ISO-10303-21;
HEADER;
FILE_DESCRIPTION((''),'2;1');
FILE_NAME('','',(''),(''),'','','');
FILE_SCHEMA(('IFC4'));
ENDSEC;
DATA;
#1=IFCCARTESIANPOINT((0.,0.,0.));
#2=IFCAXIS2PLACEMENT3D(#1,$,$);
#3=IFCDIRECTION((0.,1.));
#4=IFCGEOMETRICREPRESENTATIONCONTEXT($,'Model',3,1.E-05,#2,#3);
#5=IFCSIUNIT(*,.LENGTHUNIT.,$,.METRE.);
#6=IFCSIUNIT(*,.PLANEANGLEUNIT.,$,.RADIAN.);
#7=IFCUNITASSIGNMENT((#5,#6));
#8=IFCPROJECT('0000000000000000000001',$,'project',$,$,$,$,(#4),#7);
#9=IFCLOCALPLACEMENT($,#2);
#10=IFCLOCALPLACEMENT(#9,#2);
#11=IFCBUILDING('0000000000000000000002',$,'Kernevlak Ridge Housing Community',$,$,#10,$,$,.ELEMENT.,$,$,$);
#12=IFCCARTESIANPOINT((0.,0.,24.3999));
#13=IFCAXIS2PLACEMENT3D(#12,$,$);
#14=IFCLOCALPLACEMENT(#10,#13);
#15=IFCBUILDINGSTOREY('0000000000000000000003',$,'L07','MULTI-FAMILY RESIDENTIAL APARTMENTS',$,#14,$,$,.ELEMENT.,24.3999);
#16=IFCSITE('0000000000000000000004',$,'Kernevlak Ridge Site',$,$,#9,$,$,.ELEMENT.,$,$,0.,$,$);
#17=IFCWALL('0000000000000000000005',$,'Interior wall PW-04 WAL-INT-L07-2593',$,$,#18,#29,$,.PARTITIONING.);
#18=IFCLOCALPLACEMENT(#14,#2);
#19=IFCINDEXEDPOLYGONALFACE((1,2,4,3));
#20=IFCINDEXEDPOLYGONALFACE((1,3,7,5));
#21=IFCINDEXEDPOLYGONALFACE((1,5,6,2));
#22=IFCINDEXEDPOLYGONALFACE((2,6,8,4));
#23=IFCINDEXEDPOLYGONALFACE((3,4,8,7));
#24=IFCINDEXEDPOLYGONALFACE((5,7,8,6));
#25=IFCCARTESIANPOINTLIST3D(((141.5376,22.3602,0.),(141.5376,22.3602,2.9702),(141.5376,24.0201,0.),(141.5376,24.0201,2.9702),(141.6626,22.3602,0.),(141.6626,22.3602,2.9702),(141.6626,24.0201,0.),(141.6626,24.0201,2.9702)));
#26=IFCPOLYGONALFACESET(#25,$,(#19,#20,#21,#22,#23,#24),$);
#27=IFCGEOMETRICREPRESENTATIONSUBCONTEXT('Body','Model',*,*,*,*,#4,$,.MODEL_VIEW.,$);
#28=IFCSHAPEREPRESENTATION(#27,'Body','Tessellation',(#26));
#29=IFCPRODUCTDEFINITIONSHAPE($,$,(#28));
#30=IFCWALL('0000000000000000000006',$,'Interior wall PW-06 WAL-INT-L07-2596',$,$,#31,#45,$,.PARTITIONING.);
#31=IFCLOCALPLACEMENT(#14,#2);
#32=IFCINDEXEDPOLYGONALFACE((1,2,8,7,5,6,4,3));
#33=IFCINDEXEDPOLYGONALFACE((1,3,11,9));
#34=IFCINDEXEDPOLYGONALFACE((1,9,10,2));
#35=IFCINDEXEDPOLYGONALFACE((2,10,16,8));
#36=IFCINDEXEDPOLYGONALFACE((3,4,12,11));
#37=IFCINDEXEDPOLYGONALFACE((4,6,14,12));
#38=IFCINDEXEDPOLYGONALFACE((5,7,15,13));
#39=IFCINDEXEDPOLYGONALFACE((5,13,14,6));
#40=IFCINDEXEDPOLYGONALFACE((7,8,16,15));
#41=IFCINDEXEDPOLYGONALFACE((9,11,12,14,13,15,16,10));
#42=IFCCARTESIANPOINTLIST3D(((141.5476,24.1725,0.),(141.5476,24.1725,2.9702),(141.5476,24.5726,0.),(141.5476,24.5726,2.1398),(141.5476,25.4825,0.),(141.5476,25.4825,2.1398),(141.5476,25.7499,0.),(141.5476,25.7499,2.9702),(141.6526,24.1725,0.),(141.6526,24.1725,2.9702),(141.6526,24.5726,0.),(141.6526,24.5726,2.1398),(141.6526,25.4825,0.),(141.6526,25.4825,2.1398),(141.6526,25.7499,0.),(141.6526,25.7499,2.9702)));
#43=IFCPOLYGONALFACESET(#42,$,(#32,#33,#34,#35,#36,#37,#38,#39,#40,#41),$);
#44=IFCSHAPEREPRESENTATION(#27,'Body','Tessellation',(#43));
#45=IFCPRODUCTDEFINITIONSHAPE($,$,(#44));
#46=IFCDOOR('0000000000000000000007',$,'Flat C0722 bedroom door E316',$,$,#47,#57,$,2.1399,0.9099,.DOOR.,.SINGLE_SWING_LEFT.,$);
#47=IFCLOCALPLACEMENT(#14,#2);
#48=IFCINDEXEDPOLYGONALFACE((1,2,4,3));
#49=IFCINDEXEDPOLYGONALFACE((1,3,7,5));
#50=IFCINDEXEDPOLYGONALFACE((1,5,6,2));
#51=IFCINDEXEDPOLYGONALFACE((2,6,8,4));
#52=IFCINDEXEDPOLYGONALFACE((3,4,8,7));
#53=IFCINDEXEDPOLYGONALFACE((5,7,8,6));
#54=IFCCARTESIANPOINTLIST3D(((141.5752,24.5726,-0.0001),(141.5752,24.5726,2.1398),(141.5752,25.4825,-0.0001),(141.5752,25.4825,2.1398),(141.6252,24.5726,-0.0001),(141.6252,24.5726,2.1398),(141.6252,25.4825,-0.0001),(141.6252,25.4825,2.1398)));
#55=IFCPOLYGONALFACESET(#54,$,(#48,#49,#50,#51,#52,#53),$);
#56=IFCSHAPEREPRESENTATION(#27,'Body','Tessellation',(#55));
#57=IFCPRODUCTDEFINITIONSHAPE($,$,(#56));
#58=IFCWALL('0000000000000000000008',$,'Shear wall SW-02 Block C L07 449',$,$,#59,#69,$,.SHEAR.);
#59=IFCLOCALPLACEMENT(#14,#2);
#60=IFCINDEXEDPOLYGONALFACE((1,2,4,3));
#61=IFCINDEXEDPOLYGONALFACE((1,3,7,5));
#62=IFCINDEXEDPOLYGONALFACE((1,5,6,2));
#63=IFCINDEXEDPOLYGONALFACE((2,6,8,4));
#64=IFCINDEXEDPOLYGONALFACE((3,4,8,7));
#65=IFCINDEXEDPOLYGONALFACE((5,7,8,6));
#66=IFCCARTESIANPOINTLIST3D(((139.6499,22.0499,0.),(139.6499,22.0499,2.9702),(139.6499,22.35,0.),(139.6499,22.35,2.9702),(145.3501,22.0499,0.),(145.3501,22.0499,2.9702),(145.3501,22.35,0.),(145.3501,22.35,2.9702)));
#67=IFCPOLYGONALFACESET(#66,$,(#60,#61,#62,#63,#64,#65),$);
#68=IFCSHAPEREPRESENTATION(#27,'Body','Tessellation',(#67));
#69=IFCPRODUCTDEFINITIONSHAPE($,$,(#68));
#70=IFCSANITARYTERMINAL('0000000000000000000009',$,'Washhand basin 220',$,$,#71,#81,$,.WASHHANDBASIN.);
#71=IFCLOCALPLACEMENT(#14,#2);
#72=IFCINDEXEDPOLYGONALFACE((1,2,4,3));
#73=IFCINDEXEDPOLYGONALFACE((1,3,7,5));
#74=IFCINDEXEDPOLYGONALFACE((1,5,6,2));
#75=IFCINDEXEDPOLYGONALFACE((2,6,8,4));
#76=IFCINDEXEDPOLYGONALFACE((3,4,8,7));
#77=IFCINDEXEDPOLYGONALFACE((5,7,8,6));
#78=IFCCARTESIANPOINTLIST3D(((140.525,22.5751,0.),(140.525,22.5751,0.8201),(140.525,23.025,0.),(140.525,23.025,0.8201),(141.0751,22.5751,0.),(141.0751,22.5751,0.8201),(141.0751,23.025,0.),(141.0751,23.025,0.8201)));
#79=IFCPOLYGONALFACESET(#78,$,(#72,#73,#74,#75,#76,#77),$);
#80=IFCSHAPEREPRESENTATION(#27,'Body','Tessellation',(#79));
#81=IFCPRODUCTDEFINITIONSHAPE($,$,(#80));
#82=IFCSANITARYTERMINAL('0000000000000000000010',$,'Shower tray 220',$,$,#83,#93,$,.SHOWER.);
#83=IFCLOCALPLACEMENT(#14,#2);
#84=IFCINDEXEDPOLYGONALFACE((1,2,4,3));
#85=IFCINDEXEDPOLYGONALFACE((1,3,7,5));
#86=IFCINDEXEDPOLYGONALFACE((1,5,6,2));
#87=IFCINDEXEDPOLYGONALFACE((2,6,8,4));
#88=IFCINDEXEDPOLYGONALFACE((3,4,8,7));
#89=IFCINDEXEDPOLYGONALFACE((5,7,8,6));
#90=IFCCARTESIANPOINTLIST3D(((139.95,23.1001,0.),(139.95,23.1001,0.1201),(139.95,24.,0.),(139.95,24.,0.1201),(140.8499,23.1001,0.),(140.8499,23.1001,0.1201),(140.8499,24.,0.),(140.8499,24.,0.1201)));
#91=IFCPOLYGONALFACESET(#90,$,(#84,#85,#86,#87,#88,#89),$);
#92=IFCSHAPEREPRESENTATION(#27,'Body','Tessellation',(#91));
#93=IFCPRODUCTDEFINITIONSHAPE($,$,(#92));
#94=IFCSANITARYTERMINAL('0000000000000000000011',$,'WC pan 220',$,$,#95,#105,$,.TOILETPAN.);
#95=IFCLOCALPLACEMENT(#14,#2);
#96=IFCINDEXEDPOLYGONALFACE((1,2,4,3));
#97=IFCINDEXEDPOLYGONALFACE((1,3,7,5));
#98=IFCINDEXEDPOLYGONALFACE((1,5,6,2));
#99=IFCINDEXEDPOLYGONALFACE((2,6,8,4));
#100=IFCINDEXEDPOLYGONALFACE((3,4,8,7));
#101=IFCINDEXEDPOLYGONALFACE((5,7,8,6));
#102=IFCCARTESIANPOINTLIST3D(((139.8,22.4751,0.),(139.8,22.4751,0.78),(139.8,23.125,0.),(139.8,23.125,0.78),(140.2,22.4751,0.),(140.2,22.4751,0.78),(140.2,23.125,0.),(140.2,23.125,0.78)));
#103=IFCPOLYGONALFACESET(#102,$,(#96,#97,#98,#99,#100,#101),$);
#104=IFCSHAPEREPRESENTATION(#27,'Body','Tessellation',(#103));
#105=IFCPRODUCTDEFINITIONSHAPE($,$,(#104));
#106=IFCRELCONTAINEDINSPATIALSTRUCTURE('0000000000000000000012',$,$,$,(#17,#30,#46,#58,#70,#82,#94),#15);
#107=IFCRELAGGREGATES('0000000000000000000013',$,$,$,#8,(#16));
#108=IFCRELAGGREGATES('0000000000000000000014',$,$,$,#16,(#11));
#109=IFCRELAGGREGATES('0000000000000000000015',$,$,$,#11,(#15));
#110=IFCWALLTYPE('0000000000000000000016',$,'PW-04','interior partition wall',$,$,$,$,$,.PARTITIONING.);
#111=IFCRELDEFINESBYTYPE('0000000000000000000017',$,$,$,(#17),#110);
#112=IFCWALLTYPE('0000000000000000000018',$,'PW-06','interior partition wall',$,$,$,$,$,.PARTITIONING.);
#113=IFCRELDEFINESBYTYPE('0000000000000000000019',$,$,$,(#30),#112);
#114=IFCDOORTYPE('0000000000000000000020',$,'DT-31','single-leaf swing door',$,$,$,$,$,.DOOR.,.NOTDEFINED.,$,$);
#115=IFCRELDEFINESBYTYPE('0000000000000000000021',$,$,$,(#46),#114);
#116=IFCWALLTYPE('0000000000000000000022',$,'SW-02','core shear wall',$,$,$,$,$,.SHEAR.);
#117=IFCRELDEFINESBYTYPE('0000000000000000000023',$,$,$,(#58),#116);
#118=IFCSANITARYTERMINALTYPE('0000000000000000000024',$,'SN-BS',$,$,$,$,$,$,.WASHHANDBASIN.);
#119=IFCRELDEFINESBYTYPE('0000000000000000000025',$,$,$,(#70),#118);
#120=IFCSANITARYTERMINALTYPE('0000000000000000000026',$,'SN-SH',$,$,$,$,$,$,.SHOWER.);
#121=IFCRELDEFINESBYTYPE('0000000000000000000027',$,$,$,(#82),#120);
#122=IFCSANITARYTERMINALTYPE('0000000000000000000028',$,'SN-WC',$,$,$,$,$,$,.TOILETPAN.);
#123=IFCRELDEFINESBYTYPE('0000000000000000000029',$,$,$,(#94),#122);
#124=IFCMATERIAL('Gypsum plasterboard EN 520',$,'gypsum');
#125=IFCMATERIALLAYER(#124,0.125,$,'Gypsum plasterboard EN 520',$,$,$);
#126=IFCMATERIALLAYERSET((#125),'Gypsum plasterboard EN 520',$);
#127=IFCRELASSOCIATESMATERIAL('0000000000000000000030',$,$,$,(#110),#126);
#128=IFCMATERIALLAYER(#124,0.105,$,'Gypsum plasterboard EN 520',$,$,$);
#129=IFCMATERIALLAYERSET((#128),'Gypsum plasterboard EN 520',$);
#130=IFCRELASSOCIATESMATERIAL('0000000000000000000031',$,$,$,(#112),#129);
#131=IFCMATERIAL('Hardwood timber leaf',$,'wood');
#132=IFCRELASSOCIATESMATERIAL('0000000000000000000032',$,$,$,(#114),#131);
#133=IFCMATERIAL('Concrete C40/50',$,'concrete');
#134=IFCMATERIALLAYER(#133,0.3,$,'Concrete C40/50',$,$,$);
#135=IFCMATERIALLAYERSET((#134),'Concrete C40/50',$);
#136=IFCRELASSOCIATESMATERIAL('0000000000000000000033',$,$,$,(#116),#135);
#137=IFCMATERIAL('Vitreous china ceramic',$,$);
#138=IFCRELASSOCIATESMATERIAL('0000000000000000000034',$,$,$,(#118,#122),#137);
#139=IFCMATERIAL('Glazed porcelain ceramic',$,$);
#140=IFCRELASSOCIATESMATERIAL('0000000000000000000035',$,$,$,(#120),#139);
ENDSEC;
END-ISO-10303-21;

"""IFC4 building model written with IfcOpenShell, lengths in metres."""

from ifc_helpers import new_model, si_unit, direction, frame, frame_2d, origin, origin_2d, place, context, subcontext, project, spatial, rectangle, extrude, material, layer, layer_set, type_object, element, fill, save


model = new_model("IFC4")

# Units and contexts
model_context = context("Model", 3, precision=1e-05, world=origin(), true_north=direction((0.0, 1.0)))
body_context = subcontext(model_context, "Body", "Model", "MODEL_VIEW")
ifc_project = project(units=[si_unit("LENGTHUNIT", "METRE"), si_unit("PLANEANGLEUNIT", "RADIAN")], contexts=[model_context])

# Site, building, storey
site_placement = place(None, origin())
site = spatial("IfcSite", under=ifc_project, at=site_placement, Name="Kernevlak Ridge Site", CompositionType="ELEMENT", RefElevation=0.0)
building_placement = place(site_placement, origin())
building = spatial("IfcBuilding", under=site, at=building_placement, Name="Kernevlak Ridge Housing Community", CompositionType="ELEMENT")
storey_placement = place(building_placement, frame((0.0, 0.0, 24.3999)))
storey = spatial("IfcBuildingStorey", under=building, at=storey_placement, Name="L07", Description="MULTI-FAMILY RESIDENTIAL APARTMENTS", CompositionType="ELEMENT", Elevation=24.3999)

# Shared definitions
ifc_material_1 = material(Name="Gypsum plasterboard EN 520", Category="gypsum")
ifc_layer_1 = layer(ifc_material_1, 0.125, Name="Gypsum plasterboard EN 520")
ifc_layer_set_1 = layer_set([ifc_layer_1], Name="Gypsum plasterboard EN 520")
wall_type_1 = type_object("IfcWallType", Name="PW-04", Description="interior partition wall", PredefinedType="PARTITIONING", material=ifc_layer_set_1)

# Wall
wall_1_placement = place(storey_placement, frame((141.6001, 22.3601, 0.0), z_axis=(0.0, 0.0, 1.0), x_axis=(0.0, 1.0, 0.0)))
element("IfcWall", 1, at=wall_1_placement, inside=storey, type_object=wall_type_1, Name="Interior wall PW-04 WAL-INT-L07-2593", PredefinedType="PARTITIONING", context=body_context, shape_type="SweptSolid", body=[
    extrude(rectangle(XDim=1.6599, YDim=0.125, at=frame_2d((0.8301, 0.0))), origin(), (0.0, 0.0, 1.0), 2.9702),
])

# Wall, opening, door
ifc_layer_2 = layer(ifc_material_1, 0.105, Name="Gypsum plasterboard EN 520")
ifc_layer_set_2 = layer_set([ifc_layer_2], Name="Gypsum plasterboard EN 520")
wall_type_2 = type_object("IfcWallType", Name="PW-06", Description="interior partition wall", PredefinedType="PARTITIONING", material=ifc_layer_set_2)
wall_2_placement = place(storey_placement, frame((141.6001, 24.1726, 0.0), z_axis=(0.0, 0.0, 1.0), x_axis=(0.0, 1.0, 0.0)))
wall_2 = element("IfcWall", 2, at=wall_2_placement, inside=storey, type_object=wall_type_2, Name="Interior wall PW-06 WAL-INT-L07-2596", PredefinedType="PARTITIONING", context=body_context, shape_type="SweptSolid", body=[
    extrude(rectangle(XDim=1.5774, YDim=0.105, at=frame_2d((0.7886, 0.0))), origin(), (0.0, 0.0, 1.0), 2.9702),
])
opening_1_placement = place(wall_2_placement, frame((0.3999, 0.0, 0.0)))
opening_1 = element("IfcOpeningElement", 3, at=opening_1_placement, cuts=wall_2, PredefinedType="OPENING", context=body_context, shape_type="SweptSolid", body=[
    extrude(rectangle(XDim=0.9099, YDim=2.1399, at=frame_2d((0.4551, 1.0698))), frame((0.0, 0.0625, 0.0), z_axis=(0.0, -1.0, 0.0), x_axis=(1.0, 0.0, 0.0)), (0.0, 0.0, 1.0), 0.125),
])
ifc_material_2 = material(Name="Hardwood timber leaf", Category="wood")
door_type_1 = type_object("IfcDoorType", Name="DT-31", Description="single-leaf swing door", OperationType="NOTDEFINED", PredefinedType="DOOR", material=ifc_material_2)
door_1_placement = place(opening_1_placement, origin())
door_1 = element("IfcDoor", 4, at=door_1_placement, inside=storey, type_object=door_type_1, Name="Flat C0722 bedroom door E316", OperationType="SINGLE_SWING_LEFT", OverallHeight=2.1399, OverallWidth=0.9099, PredefinedType="DOOR", context=body_context, shape_type="SweptSolid", body=[
    extrude(rectangle(XDim=0.9099, YDim=2.1399, at=frame_2d((0.4551, 1.0698))), frame((0.0, 0.0249, 0.0), z_axis=(0.0, -1.0, 0.0), x_axis=(1.0, 0.0, 0.0)), (0.0, 0.0, 1.0), 0.05),
])
fill(opening_1, door_1)

# Wall
ifc_material_3 = material(Name="Concrete C40/50", Category="concrete")
ifc_layer_3 = layer(ifc_material_3, 0.3, Name="Concrete C40/50")
ifc_layer_set_3 = layer_set([ifc_layer_3], Name="Concrete C40/50")
wall_type_3 = type_object("IfcWallType", Name="SW-02", Description="core shear wall", PredefinedType="SHEAR", material=ifc_layer_set_3)
wall_3_placement = place(storey_placement, frame((139.6499, 22.2, 0.0), z_axis=(0.0, 0.0, 1.0), x_axis=(1.0, 0.0, 0.0)))
element("IfcWall", 5, at=wall_3_placement, inside=storey, type_object=wall_type_3, Name="Shear wall SW-02 Block C L07 449", PredefinedType="SHEAR", context=body_context, shape_type="SweptSolid", body=[
    extrude(rectangle(XDim=5.7002, YDim=0.3, at=frame_2d((2.8501, 0.0))), origin(), (0.0, 0.0, 1.0), 2.9702),
])

# Sanitary terminals
ifc_material_4 = material(Name="Vitreous china ceramic")
sanitary_terminal_type_1 = type_object("IfcSanitaryTerminalType", Name="SN-BS", PredefinedType="WASHHANDBASIN", material=ifc_material_4)
sanitary_terminal_1_placement = place(storey_placement, frame((140.8, 22.8, 0.0), z_axis=(0.0, 0.0, 1.0), x_axis=(1.0, 0.0, 0.0)))
element("IfcSanitaryTerminal", 6, at=sanitary_terminal_1_placement, inside=storey, type_object=sanitary_terminal_type_1, Name="Washhand basin 220", PredefinedType="WASHHANDBASIN", context=body_context, shape_type="SweptSolid", body=[
    extrude(rectangle(XDim=0.55, YDim=0.45, at=origin_2d()), origin(), (0.0, 0.0, 1.0), 0.8201),
])
ifc_material_5 = material(Name="Glazed porcelain ceramic")
sanitary_terminal_type_2 = type_object("IfcSanitaryTerminalType", Name="SN-SH", PredefinedType="SHOWER", material=ifc_material_5)
sanitary_terminal_2_placement = place(storey_placement, frame((140.3999, 23.55, 0.0), z_axis=(0.0, 0.0, 1.0), x_axis=(1.0, 0.0, 0.0)))
element("IfcSanitaryTerminal", 7, at=sanitary_terminal_2_placement, inside=storey, type_object=sanitary_terminal_type_2, Name="Shower tray 220", PredefinedType="SHOWER", context=body_context, shape_type="SweptSolid", body=[
    extrude(rectangle(XDim=0.8999, YDim=0.8999, at=origin_2d()), origin(), (0.0, 0.0, 1.0), 0.1201),
])
sanitary_terminal_type_3 = type_object("IfcSanitaryTerminalType", Name="SN-WC", PredefinedType="TOILETPAN", material=ifc_material_4)
sanitary_terminal_3_placement = place(storey_placement, frame((140.0, 22.8, 0.0), z_axis=(0.0, 0.0, 1.0), x_axis=(1.0, 0.0, 0.0)))
element("IfcSanitaryTerminal", 8, at=sanitary_terminal_3_placement, inside=storey, type_object=sanitary_terminal_type_3, Name="WC pan 220", PredefinedType="TOILETPAN", context=body_context, shape_type="SweptSolid", body=[
    extrude(rectangle(XDim=0.3999, YDim=0.6499, at=origin_2d()), origin(), (0.0, 0.0, 1.0), 0.78),
])

save(model, "model.ifc")
